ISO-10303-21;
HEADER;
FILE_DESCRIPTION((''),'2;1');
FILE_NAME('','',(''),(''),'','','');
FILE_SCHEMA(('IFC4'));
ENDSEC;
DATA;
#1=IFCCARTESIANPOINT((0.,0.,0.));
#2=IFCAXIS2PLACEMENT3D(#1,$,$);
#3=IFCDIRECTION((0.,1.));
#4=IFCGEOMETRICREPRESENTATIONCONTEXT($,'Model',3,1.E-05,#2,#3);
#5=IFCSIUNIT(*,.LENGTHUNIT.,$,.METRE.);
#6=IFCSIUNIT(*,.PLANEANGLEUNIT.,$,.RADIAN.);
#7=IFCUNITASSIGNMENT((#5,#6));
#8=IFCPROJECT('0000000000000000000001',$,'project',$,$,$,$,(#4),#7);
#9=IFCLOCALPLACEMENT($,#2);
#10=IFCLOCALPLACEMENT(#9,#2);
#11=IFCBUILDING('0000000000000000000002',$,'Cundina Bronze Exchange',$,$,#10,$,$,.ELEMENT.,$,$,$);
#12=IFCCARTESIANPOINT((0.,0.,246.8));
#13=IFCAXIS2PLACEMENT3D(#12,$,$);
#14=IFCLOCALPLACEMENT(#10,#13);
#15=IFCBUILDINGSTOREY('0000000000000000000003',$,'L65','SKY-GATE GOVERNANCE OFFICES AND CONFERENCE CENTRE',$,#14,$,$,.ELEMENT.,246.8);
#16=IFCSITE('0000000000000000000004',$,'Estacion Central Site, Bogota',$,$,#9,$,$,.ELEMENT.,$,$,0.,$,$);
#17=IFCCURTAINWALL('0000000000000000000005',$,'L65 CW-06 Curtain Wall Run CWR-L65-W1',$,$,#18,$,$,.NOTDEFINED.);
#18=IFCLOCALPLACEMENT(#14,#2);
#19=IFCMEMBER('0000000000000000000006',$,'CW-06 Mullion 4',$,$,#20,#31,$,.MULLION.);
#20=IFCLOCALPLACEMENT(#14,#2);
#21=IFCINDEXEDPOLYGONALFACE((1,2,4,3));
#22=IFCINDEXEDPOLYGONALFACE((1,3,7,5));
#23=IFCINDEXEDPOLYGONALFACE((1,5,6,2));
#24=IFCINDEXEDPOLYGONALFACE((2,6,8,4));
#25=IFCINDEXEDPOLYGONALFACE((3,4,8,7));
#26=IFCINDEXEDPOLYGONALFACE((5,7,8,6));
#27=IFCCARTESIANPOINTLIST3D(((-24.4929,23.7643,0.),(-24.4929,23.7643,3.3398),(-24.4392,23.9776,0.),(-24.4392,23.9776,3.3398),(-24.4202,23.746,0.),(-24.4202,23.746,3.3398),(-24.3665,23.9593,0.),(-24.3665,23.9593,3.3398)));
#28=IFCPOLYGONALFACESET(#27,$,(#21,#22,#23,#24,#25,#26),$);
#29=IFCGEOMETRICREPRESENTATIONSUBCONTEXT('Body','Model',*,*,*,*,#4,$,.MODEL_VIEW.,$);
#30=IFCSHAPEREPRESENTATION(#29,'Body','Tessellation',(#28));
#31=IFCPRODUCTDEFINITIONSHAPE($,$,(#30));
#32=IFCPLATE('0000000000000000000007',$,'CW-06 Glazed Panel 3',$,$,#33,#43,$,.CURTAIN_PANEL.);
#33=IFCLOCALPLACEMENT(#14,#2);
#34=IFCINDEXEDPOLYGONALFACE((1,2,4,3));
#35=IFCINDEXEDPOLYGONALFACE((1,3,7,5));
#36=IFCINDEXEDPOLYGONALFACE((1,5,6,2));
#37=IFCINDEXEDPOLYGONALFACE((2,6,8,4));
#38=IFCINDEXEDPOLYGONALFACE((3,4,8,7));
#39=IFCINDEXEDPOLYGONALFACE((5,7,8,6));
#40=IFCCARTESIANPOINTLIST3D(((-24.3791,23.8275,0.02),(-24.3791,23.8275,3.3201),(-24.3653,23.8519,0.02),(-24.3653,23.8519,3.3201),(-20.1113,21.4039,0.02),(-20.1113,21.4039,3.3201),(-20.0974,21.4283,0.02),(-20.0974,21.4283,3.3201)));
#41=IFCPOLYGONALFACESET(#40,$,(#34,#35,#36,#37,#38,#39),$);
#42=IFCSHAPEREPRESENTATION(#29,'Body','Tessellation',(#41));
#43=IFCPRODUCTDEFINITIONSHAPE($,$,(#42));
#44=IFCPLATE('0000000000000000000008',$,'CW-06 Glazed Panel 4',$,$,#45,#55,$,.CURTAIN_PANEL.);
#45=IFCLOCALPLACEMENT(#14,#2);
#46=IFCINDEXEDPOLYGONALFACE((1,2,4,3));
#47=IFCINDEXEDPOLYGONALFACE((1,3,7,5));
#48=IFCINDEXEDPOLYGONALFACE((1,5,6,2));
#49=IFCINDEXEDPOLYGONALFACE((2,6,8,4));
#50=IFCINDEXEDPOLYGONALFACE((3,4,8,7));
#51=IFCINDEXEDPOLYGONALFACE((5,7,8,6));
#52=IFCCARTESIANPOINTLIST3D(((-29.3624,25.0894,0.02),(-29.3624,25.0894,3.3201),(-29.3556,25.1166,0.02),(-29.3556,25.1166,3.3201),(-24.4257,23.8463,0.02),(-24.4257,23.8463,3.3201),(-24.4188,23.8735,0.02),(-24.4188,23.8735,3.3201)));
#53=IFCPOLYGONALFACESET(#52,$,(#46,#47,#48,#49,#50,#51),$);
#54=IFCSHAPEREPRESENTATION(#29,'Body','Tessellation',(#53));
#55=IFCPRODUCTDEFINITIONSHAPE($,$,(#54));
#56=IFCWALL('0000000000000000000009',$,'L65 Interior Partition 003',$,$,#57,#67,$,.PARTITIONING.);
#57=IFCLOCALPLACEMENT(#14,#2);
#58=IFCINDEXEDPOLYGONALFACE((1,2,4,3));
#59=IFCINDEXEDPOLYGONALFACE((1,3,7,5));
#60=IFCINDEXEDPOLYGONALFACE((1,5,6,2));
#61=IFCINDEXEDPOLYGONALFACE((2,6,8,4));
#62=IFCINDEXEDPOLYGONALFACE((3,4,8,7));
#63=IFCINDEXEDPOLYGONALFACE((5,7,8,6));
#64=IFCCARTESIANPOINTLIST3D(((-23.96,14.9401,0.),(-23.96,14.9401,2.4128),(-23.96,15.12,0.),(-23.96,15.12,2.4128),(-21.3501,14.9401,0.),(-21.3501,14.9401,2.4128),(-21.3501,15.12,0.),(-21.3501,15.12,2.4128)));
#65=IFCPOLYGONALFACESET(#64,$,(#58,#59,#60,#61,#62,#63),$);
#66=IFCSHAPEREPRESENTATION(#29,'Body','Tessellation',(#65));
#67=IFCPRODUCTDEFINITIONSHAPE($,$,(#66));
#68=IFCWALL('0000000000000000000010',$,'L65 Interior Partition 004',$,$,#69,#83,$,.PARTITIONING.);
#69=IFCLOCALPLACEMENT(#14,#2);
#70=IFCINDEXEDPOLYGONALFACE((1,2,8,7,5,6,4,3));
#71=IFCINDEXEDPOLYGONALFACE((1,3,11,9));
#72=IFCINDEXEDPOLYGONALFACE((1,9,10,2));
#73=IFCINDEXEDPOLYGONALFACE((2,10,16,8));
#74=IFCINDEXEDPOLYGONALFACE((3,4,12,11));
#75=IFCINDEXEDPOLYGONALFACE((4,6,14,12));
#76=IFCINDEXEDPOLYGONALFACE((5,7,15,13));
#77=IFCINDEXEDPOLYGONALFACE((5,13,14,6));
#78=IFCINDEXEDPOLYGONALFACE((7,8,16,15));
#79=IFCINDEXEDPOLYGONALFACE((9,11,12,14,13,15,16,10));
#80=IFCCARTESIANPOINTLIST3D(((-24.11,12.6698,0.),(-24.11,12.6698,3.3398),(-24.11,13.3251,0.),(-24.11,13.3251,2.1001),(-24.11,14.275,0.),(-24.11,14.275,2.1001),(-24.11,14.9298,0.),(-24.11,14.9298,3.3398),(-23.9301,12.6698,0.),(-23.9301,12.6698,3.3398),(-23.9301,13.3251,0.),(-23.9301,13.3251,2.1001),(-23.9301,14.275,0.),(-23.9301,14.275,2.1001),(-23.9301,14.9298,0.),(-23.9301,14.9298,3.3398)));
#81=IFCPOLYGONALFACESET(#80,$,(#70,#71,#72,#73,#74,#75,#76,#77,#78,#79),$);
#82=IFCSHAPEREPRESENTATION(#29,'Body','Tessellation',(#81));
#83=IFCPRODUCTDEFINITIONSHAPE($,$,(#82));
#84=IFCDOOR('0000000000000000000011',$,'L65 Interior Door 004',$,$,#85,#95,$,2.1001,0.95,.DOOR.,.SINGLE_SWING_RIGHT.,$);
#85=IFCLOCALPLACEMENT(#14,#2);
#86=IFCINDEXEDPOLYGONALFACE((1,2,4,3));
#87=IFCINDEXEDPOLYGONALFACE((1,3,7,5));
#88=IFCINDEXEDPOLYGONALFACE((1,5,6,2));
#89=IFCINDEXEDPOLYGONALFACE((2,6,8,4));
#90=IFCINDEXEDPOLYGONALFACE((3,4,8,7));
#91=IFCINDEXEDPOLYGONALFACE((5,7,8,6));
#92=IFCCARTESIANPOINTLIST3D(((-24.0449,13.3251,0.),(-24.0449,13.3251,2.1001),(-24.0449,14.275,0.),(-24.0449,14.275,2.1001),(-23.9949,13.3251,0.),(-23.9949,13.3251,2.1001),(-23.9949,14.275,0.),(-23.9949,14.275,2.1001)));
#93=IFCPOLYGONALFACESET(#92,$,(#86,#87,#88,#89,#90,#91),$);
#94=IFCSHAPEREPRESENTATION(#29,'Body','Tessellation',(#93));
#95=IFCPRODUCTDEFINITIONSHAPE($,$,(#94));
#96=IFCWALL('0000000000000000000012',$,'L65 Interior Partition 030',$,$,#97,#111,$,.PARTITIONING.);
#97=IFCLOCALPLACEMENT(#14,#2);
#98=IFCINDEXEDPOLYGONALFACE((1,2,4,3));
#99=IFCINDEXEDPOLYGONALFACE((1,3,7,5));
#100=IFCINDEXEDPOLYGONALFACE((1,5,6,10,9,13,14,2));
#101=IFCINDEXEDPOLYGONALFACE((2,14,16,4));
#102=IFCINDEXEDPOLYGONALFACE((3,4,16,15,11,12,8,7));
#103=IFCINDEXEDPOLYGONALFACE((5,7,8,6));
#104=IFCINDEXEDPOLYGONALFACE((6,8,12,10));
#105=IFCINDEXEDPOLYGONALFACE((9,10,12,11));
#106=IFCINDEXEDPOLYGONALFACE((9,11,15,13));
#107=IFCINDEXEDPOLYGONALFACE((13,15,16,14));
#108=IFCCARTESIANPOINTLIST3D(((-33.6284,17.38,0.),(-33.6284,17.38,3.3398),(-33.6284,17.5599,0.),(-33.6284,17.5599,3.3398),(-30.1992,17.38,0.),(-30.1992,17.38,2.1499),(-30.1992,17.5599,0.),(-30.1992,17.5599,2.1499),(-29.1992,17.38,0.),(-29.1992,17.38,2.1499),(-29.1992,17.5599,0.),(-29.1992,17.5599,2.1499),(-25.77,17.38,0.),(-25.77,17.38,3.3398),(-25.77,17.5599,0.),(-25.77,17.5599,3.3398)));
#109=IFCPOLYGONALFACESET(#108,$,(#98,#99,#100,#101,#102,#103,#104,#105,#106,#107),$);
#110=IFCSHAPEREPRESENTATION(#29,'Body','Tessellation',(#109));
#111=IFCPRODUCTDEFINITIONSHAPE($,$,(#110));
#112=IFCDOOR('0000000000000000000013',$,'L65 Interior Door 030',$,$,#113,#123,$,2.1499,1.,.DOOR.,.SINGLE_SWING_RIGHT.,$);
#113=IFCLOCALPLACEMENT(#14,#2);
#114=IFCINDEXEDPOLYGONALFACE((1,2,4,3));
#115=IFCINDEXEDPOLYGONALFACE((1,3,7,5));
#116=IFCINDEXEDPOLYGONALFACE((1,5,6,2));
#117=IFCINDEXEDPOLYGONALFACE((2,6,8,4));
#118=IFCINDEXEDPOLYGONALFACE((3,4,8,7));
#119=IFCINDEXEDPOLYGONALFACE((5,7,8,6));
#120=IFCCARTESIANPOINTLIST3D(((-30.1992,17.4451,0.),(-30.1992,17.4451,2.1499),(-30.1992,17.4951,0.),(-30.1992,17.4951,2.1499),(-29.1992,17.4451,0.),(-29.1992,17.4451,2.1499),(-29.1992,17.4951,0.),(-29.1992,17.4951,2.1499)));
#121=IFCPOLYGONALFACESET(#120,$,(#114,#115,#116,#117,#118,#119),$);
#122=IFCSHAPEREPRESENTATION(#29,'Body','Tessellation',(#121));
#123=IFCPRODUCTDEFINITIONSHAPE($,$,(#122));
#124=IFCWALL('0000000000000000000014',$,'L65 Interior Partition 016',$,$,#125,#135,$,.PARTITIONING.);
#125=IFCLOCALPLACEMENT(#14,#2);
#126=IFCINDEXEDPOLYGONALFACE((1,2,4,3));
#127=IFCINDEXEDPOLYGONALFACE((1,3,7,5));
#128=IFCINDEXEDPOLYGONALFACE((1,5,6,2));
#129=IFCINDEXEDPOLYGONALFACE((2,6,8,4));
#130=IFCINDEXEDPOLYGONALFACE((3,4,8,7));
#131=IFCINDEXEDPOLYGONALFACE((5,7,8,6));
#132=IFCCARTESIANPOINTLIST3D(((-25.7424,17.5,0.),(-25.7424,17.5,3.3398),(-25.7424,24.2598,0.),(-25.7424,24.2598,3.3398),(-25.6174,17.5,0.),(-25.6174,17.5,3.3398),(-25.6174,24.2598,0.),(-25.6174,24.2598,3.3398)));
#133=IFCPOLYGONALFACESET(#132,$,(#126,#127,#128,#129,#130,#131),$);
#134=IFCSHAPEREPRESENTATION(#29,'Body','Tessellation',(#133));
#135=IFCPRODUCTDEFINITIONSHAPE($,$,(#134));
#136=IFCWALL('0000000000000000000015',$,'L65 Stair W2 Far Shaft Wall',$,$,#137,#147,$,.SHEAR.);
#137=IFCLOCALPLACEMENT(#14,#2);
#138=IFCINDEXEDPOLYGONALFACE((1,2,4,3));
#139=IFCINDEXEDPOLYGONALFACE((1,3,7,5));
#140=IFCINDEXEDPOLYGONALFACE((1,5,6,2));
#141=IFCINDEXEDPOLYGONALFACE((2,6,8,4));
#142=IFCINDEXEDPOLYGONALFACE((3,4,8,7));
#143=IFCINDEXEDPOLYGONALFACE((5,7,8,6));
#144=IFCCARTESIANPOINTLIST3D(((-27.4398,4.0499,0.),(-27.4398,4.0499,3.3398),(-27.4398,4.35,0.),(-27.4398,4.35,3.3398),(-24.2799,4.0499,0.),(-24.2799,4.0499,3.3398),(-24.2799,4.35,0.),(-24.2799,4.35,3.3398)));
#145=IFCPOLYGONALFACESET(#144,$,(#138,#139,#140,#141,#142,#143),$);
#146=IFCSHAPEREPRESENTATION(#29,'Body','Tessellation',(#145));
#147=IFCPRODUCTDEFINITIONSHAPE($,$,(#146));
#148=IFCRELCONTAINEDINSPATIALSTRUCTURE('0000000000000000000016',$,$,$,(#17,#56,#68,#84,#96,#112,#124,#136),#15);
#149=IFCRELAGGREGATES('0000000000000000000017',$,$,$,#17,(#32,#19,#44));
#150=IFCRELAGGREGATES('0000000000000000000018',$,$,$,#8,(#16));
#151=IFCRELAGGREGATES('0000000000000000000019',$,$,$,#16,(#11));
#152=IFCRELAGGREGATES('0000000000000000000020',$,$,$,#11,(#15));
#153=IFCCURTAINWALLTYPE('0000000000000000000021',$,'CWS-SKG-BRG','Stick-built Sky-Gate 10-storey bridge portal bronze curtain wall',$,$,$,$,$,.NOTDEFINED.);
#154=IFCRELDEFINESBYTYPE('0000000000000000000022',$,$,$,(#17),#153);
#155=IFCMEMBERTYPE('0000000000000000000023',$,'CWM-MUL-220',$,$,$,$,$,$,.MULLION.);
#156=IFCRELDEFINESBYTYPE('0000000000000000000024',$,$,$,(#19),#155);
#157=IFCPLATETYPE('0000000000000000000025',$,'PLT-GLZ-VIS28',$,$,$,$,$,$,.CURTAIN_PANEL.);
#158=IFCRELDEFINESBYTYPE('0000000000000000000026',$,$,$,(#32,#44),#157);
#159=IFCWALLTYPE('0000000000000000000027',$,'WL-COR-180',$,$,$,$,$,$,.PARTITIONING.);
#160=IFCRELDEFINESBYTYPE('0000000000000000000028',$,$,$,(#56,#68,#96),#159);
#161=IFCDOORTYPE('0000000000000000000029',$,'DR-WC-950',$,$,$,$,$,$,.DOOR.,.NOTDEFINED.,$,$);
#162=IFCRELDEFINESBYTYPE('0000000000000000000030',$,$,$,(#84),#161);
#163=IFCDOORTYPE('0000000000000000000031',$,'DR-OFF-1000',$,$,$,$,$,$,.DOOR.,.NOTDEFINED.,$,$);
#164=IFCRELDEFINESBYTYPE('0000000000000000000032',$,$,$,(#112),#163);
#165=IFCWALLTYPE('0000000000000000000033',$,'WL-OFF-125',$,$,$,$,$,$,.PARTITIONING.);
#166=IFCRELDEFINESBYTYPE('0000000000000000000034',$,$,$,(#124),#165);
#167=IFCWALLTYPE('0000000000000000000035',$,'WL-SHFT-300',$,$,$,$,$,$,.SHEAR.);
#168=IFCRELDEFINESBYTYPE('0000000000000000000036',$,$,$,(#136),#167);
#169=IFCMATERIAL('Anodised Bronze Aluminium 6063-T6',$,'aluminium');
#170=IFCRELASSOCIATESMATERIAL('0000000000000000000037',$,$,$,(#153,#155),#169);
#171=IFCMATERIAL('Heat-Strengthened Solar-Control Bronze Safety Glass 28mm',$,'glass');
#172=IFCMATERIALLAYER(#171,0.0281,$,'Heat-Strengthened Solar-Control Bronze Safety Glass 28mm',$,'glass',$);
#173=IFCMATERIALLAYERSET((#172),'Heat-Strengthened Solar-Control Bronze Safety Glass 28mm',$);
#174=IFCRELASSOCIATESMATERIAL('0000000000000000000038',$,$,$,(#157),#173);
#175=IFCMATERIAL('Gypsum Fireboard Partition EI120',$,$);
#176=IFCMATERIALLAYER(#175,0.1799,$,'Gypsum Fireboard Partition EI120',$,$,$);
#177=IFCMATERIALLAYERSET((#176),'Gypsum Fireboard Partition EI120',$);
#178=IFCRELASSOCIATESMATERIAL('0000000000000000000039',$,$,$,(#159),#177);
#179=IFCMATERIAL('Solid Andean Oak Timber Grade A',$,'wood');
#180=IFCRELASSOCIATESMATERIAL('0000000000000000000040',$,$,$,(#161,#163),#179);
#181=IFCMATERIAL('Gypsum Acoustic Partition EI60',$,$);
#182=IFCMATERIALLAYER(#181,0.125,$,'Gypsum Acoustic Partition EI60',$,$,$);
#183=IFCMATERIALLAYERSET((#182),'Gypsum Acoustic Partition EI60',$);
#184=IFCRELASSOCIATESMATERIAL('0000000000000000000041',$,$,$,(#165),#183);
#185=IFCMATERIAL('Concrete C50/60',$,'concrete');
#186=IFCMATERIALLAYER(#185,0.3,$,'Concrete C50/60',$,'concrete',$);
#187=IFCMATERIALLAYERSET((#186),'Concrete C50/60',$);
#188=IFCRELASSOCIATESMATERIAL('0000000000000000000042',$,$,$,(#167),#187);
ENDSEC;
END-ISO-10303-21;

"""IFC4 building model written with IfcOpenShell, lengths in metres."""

from ifc_helpers import new_model, si_unit, direction, frame, frame_2d, origin, origin_2d, place, context, subcontext, project, spatial, rectangle, extrude, material, layer, layer_set, material_profile, profile_set, type_object, element, fill, aggregate, save


model = new_model("IFC4")

# Units and contexts
model_context = context("Model", 3, precision=1e-05, world=origin(), true_north=direction((0.0, 1.0)))
body_context = subcontext(model_context, "Body", "Model", "MODEL_VIEW")
ifc_project = project(units=[si_unit("LENGTHUNIT", "METRE"), si_unit("PLANEANGLEUNIT", "RADIAN")], contexts=[model_context])

# Site, building, storey
site_placement = place(None, origin())
site = spatial("IfcSite", under=ifc_project, at=site_placement, Name="Estacion Central Site, Bogota", CompositionType="ELEMENT", RefElevation=0.0)
building_placement = place(site_placement, origin())
building = spatial("IfcBuilding", under=site, at=building_placement, Name="Cundina Bronze Exchange", CompositionType="ELEMENT")
storey_placement = place(building_placement, frame((0.0, 0.0, 246.8)))
storey = spatial("IfcBuildingStorey", under=building, at=storey_placement, Name="L65", Description="SKY-GATE GOVERNANCE OFFICES AND CONFERENCE CENTRE", CompositionType="ELEMENT", Elevation=246.8)

# Shared definitions
ifc_material_1 = material(Name="Concrete C50/60", Category="concrete")

# Curtain wall, member, plates
ifc_material_2 = material(Name="Anodised Bronze Aluminium 6063-T6", Category="aluminium")
curtain_wall_type = type_object("IfcCurtainWallType", Name="CWS-SKG-BRG", Description="Stick-built Sky-Gate 10-storey bridge portal bronze curtain wall", PredefinedType="NOTDEFINED", material=ifc_material_2)
curtain_wall_placement = place(storey_placement, origin())
curtain_wall = element("IfcCurtainWall", 1, at=curtain_wall_placement, inside=storey, type_object=curtain_wall_type, Name="L65 CW-06 Curtain Wall Run CWR-L65-W1", PredefinedType="NOTDEFINED")
ifc_material_profile_1 = material_profile(ifc_material_2, rectangle(XDim=0.075, YDim=0.22, at=origin_2d()), Name="AL75X220", Category="aluminium")
ifc_profile_set_1 = profile_set([ifc_material_profile_1], Name="Anodised Bronze Aluminium 6063-T6")
member_type = type_object("IfcMemberType", Name="CWM-MUL-220", PredefinedType="MULLION", material=ifc_profile_set_1)
member_placement = place(storey_placement, frame((-24.4297, 23.8618, 0.0), z_axis=(0.0, 0.0, 1.0), x_axis=(-0.969744, 0.244123, 0.0)))
member = element("IfcMember", 2, at=member_placement, type_object=member_type, Name="CW-06 Mullion 4", PredefinedType="MULLION", context=body_context, shape_type="SweptSolid", body=[
    extrude(rectangle(XDim=0.075, YDim=0.22, at=origin_2d()), origin(), (0.0, 0.0, 1.0), 3.3398),
])
ifc_material_3 = material(Name="Heat-Strengthened Solar-Control Bronze Safety Glass 28mm", Category="glass")
ifc_layer_1 = layer(ifc_material_3, 0.0281, Name="Heat-Strengthened Solar-Control Bronze Safety Glass 28mm", Category="glass")
ifc_layer_set_1 = layer_set([ifc_layer_1], Name="Heat-Strengthened Solar-Control Bronze Safety Glass 28mm")
plate_type = type_object("IfcPlateType", Name="PLT-GLZ-VIS28", PredefinedType="CURTAIN_PANEL", material=ifc_layer_set_1)
plate_1_placement = place(storey_placement, frame((-22.2383, 22.6279, 0.02), z_axis=(0.0, 0.0, 1.0), x_axis=(-0.869573, 0.493805, 0.0)))
plate_1 = element("IfcPlate", 3, at=plate_1_placement, type_object=plate_type, Name="CW-06 Glazed Panel 3", PredefinedType="CURTAIN_PANEL", context=body_context, shape_type="SweptSolid", body=[
    extrude(rectangle(XDim=4.908, YDim=0.0281, at=origin_2d()), origin(), (0.0, 0.0, 1.0), 3.3),
])
plate_2_placement = place(storey_placement, frame((-26.8906, 24.4814, 0.02), z_axis=(0.0, 0.0, 1.0), x_axis=(-0.969732, 0.244174, 0.0)))
plate_2 = element("IfcPlate", 4, at=plate_2_placement, type_object=plate_type, Name="CW-06 Glazed Panel 4", PredefinedType="CURTAIN_PANEL", context=body_context, shape_type="SweptSolid", body=[
    extrude(rectangle(XDim=5.0908, YDim=0.0281, at=origin_2d()), origin(), (0.0, 0.0, 1.0), 3.3),
])
aggregate(curtain_wall, [plate_1, member, plate_2])

# Wall
ifc_material_4 = material(Name="Gypsum Fireboard Partition EI120")
ifc_layer_2 = layer(ifc_material_4, 0.1799, Name="Gypsum Fireboard Partition EI120")
ifc_layer_set_2 = layer_set([ifc_layer_2], Name="Gypsum Fireboard Partition EI120")
wall_type_1 = type_object("IfcWallType", Name="WL-COR-180", PredefinedType="PARTITIONING", material=ifc_layer_set_2)
wall_1_placement = place(storey_placement, frame((-23.96, 15.03, 0.0), z_axis=(0.0, 0.0, 1.0), x_axis=(1.0, 0.0, 0.0)))
element("IfcWall", 5, at=wall_1_placement, inside=storey, type_object=wall_type_1, Name="L65 Interior Partition 003", PredefinedType="PARTITIONING", context=body_context, shape_type="SweptSolid", body=[
    extrude(rectangle(XDim=2.6099, YDim=0.1799, at=frame_2d((1.3049, 0.0))), origin(), (0.0, 0.0, 1.0), 2.4128),
])

# Walls, openings, doors
wall_2_placement = place(storey_placement, frame((-24.02, 12.6699, 0.0), z_axis=(0.0, 0.0, 1.0), x_axis=(0.0, 1.0, 0.0)))
wall_2 = element("IfcWall", 6, at=wall_2_placement, inside=storey, type_object=wall_type_1, Name="L65 Interior Partition 004", PredefinedType="PARTITIONING", context=body_context, shape_type="SweptSolid", body=[
    extrude(rectangle(XDim=2.26, YDim=0.1799, at=frame_2d((1.1299, 0.0))), origin(), (0.0, 0.0, 1.0), 3.3398),
])
opening_1_placement = place(wall_2_placement, frame((0.655, 0.0, 0.0)))
opening_1 = element("IfcOpeningElement", 7, at=opening_1_placement, cuts=wall_2, PredefinedType="OPENING", context=body_context, shape_type="SweptSolid", body=[
    extrude(rectangle(XDim=0.95, YDim=2.1001, at=frame_2d((0.4751, 1.05))), frame((0.0, 0.0999, 0.0), z_axis=(0.0, -1.0, 0.0), x_axis=(1.0, 0.0, 0.0)), (0.0, 0.0, 1.0), 0.2),
])
ifc_material_5 = material(Name="Solid Andean Oak Timber Grade A", Category="wood")
door_type_1 = type_object("IfcDoorType", Name="DR-WC-950", OperationType="NOTDEFINED", PredefinedType="DOOR", material=ifc_material_5)
door_1_placement = place(opening_1_placement, origin())
door_1 = element("IfcDoor", 8, at=door_1_placement, inside=storey, type_object=door_type_1, Name="L65 Interior Door 004", OperationType="SINGLE_SWING_RIGHT", OverallHeight=2.1001, OverallWidth=0.95, PredefinedType="DOOR", context=body_context, shape_type="SweptSolid", body=[
    extrude(rectangle(XDim=0.95, YDim=2.1001, at=frame_2d((0.4751, 1.05))), frame((0.0, 0.0249, 0.0), z_axis=(0.0, -1.0, 0.0), x_axis=(1.0, 0.0, 0.0)), (0.0, 0.0, 1.0), 0.05),
])
fill(opening_1, door_1)
wall_3_placement = place(storey_placement, frame((-25.77, 17.47, 0.0), z_axis=(0.0, 0.0, 1.0), x_axis=(-1.0, 0.0, 0.0)))
wall_3 = element("IfcWall", 9, at=wall_3_placement, inside=storey, type_object=wall_type_1, Name="L65 Interior Partition 030", PredefinedType="PARTITIONING", context=body_context, shape_type="SweptSolid", body=[
    extrude(rectangle(XDim=7.8584, YDim=0.1799, at=frame_2d((3.9292, 0.0))), origin(), (0.0, 0.0, 1.0), 3.3398),
])
opening_2_placement = place(wall_3_placement, frame((3.4292, 0.0, 0.0)))
opening_2 = element("IfcOpeningElement", 10, at=opening_2_placement, cuts=wall_3, PredefinedType="OPENING", context=body_context, shape_type="SweptSolid", body=[
    extrude(rectangle(XDim=1.0, YDim=2.1499, at=frame_2d((0.5, 1.075))), frame((0.0, 0.0999, 0.0), z_axis=(0.0, -1.0, 0.0), x_axis=(1.0, 0.0, 0.0)), (0.0, 0.0, 1.0), 0.2),
])
door_type_2 = type_object("IfcDoorType", Name="DR-OFF-1000", OperationType="NOTDEFINED", PredefinedType="DOOR", material=ifc_material_5)
door_2_placement = place(opening_2_placement, origin())
door_2 = element("IfcDoor", 11, at=door_2_placement, inside=storey, type_object=door_type_2, Name="L65 Interior Door 030", OperationType="SINGLE_SWING_RIGHT", OverallHeight=2.1499, OverallWidth=1.0, PredefinedType="DOOR", context=body_context, shape_type="SweptSolid", body=[
    extrude(rectangle(XDim=1.0, YDim=2.1499, at=frame_2d((0.5, 1.075))), frame((0.0, 0.0249, 0.0), z_axis=(0.0, -1.0, 0.0), x_axis=(1.0, 0.0, 0.0)), (0.0, 0.0, 1.0), 0.05),
])
fill(opening_2, door_2)

# Wall
ifc_material_6 = material(Name="Gypsum Acoustic Partition EI60")
ifc_layer_3 = layer(ifc_material_6, 0.125, Name="Gypsum Acoustic Partition EI60")
ifc_layer_set_3 = layer_set([ifc_layer_3], Name="Gypsum Acoustic Partition EI60")
wall_type_2 = type_object("IfcWallType", Name="WL-OFF-125", PredefinedType="PARTITIONING", material=ifc_layer_set_3)
wall_4_placement = place(storey_placement, frame((-25.6799, 17.5, 0.0), z_axis=(0.0, 0.0, 1.0), x_axis=(0.0, 1.0, 0.0)))
element("IfcWall", 12, at=wall_4_placement, inside=storey, type_object=wall_type_2, Name="L65 Interior Partition 016", PredefinedType="PARTITIONING", context=body_context, shape_type="SweptSolid", body=[
    extrude(rectangle(XDim=6.7598, YDim=0.125, at=frame_2d((3.3799, 0.0))), origin(), (0.0, 0.0, 1.0), 3.3398),
])

# Shared definitions
ifc_layer_4 = layer(ifc_material_1, 0.3, Name="Concrete C50/60", Category="concrete")
ifc_layer_set_4 = layer_set([ifc_layer_4], Name="Concrete C50/60")
wall_type_3 = type_object("IfcWallType", Name="WL-SHFT-300", PredefinedType="SHEAR", material=ifc_layer_set_4)

# Wall
wall_5_placement = place(storey_placement, frame((-27.4399, 4.2, 0.0), z_axis=(0.0, 0.0, 1.0), x_axis=(1.0, 0.0, 0.0)))
element("IfcWall", 13, at=wall_5_placement, inside=storey, type_object=wall_type_3, Name="L65 Stair W2 Far Shaft Wall", PredefinedType="SHEAR", context=body_context, shape_type="SweptSolid", body=[
    extrude(rectangle(XDim=3.1599, YDim=0.3, at=frame_2d((1.5801, 0.0))), origin(), (0.0, 0.0, 1.0), 3.3398),
])

save(model, "model.ifc")
